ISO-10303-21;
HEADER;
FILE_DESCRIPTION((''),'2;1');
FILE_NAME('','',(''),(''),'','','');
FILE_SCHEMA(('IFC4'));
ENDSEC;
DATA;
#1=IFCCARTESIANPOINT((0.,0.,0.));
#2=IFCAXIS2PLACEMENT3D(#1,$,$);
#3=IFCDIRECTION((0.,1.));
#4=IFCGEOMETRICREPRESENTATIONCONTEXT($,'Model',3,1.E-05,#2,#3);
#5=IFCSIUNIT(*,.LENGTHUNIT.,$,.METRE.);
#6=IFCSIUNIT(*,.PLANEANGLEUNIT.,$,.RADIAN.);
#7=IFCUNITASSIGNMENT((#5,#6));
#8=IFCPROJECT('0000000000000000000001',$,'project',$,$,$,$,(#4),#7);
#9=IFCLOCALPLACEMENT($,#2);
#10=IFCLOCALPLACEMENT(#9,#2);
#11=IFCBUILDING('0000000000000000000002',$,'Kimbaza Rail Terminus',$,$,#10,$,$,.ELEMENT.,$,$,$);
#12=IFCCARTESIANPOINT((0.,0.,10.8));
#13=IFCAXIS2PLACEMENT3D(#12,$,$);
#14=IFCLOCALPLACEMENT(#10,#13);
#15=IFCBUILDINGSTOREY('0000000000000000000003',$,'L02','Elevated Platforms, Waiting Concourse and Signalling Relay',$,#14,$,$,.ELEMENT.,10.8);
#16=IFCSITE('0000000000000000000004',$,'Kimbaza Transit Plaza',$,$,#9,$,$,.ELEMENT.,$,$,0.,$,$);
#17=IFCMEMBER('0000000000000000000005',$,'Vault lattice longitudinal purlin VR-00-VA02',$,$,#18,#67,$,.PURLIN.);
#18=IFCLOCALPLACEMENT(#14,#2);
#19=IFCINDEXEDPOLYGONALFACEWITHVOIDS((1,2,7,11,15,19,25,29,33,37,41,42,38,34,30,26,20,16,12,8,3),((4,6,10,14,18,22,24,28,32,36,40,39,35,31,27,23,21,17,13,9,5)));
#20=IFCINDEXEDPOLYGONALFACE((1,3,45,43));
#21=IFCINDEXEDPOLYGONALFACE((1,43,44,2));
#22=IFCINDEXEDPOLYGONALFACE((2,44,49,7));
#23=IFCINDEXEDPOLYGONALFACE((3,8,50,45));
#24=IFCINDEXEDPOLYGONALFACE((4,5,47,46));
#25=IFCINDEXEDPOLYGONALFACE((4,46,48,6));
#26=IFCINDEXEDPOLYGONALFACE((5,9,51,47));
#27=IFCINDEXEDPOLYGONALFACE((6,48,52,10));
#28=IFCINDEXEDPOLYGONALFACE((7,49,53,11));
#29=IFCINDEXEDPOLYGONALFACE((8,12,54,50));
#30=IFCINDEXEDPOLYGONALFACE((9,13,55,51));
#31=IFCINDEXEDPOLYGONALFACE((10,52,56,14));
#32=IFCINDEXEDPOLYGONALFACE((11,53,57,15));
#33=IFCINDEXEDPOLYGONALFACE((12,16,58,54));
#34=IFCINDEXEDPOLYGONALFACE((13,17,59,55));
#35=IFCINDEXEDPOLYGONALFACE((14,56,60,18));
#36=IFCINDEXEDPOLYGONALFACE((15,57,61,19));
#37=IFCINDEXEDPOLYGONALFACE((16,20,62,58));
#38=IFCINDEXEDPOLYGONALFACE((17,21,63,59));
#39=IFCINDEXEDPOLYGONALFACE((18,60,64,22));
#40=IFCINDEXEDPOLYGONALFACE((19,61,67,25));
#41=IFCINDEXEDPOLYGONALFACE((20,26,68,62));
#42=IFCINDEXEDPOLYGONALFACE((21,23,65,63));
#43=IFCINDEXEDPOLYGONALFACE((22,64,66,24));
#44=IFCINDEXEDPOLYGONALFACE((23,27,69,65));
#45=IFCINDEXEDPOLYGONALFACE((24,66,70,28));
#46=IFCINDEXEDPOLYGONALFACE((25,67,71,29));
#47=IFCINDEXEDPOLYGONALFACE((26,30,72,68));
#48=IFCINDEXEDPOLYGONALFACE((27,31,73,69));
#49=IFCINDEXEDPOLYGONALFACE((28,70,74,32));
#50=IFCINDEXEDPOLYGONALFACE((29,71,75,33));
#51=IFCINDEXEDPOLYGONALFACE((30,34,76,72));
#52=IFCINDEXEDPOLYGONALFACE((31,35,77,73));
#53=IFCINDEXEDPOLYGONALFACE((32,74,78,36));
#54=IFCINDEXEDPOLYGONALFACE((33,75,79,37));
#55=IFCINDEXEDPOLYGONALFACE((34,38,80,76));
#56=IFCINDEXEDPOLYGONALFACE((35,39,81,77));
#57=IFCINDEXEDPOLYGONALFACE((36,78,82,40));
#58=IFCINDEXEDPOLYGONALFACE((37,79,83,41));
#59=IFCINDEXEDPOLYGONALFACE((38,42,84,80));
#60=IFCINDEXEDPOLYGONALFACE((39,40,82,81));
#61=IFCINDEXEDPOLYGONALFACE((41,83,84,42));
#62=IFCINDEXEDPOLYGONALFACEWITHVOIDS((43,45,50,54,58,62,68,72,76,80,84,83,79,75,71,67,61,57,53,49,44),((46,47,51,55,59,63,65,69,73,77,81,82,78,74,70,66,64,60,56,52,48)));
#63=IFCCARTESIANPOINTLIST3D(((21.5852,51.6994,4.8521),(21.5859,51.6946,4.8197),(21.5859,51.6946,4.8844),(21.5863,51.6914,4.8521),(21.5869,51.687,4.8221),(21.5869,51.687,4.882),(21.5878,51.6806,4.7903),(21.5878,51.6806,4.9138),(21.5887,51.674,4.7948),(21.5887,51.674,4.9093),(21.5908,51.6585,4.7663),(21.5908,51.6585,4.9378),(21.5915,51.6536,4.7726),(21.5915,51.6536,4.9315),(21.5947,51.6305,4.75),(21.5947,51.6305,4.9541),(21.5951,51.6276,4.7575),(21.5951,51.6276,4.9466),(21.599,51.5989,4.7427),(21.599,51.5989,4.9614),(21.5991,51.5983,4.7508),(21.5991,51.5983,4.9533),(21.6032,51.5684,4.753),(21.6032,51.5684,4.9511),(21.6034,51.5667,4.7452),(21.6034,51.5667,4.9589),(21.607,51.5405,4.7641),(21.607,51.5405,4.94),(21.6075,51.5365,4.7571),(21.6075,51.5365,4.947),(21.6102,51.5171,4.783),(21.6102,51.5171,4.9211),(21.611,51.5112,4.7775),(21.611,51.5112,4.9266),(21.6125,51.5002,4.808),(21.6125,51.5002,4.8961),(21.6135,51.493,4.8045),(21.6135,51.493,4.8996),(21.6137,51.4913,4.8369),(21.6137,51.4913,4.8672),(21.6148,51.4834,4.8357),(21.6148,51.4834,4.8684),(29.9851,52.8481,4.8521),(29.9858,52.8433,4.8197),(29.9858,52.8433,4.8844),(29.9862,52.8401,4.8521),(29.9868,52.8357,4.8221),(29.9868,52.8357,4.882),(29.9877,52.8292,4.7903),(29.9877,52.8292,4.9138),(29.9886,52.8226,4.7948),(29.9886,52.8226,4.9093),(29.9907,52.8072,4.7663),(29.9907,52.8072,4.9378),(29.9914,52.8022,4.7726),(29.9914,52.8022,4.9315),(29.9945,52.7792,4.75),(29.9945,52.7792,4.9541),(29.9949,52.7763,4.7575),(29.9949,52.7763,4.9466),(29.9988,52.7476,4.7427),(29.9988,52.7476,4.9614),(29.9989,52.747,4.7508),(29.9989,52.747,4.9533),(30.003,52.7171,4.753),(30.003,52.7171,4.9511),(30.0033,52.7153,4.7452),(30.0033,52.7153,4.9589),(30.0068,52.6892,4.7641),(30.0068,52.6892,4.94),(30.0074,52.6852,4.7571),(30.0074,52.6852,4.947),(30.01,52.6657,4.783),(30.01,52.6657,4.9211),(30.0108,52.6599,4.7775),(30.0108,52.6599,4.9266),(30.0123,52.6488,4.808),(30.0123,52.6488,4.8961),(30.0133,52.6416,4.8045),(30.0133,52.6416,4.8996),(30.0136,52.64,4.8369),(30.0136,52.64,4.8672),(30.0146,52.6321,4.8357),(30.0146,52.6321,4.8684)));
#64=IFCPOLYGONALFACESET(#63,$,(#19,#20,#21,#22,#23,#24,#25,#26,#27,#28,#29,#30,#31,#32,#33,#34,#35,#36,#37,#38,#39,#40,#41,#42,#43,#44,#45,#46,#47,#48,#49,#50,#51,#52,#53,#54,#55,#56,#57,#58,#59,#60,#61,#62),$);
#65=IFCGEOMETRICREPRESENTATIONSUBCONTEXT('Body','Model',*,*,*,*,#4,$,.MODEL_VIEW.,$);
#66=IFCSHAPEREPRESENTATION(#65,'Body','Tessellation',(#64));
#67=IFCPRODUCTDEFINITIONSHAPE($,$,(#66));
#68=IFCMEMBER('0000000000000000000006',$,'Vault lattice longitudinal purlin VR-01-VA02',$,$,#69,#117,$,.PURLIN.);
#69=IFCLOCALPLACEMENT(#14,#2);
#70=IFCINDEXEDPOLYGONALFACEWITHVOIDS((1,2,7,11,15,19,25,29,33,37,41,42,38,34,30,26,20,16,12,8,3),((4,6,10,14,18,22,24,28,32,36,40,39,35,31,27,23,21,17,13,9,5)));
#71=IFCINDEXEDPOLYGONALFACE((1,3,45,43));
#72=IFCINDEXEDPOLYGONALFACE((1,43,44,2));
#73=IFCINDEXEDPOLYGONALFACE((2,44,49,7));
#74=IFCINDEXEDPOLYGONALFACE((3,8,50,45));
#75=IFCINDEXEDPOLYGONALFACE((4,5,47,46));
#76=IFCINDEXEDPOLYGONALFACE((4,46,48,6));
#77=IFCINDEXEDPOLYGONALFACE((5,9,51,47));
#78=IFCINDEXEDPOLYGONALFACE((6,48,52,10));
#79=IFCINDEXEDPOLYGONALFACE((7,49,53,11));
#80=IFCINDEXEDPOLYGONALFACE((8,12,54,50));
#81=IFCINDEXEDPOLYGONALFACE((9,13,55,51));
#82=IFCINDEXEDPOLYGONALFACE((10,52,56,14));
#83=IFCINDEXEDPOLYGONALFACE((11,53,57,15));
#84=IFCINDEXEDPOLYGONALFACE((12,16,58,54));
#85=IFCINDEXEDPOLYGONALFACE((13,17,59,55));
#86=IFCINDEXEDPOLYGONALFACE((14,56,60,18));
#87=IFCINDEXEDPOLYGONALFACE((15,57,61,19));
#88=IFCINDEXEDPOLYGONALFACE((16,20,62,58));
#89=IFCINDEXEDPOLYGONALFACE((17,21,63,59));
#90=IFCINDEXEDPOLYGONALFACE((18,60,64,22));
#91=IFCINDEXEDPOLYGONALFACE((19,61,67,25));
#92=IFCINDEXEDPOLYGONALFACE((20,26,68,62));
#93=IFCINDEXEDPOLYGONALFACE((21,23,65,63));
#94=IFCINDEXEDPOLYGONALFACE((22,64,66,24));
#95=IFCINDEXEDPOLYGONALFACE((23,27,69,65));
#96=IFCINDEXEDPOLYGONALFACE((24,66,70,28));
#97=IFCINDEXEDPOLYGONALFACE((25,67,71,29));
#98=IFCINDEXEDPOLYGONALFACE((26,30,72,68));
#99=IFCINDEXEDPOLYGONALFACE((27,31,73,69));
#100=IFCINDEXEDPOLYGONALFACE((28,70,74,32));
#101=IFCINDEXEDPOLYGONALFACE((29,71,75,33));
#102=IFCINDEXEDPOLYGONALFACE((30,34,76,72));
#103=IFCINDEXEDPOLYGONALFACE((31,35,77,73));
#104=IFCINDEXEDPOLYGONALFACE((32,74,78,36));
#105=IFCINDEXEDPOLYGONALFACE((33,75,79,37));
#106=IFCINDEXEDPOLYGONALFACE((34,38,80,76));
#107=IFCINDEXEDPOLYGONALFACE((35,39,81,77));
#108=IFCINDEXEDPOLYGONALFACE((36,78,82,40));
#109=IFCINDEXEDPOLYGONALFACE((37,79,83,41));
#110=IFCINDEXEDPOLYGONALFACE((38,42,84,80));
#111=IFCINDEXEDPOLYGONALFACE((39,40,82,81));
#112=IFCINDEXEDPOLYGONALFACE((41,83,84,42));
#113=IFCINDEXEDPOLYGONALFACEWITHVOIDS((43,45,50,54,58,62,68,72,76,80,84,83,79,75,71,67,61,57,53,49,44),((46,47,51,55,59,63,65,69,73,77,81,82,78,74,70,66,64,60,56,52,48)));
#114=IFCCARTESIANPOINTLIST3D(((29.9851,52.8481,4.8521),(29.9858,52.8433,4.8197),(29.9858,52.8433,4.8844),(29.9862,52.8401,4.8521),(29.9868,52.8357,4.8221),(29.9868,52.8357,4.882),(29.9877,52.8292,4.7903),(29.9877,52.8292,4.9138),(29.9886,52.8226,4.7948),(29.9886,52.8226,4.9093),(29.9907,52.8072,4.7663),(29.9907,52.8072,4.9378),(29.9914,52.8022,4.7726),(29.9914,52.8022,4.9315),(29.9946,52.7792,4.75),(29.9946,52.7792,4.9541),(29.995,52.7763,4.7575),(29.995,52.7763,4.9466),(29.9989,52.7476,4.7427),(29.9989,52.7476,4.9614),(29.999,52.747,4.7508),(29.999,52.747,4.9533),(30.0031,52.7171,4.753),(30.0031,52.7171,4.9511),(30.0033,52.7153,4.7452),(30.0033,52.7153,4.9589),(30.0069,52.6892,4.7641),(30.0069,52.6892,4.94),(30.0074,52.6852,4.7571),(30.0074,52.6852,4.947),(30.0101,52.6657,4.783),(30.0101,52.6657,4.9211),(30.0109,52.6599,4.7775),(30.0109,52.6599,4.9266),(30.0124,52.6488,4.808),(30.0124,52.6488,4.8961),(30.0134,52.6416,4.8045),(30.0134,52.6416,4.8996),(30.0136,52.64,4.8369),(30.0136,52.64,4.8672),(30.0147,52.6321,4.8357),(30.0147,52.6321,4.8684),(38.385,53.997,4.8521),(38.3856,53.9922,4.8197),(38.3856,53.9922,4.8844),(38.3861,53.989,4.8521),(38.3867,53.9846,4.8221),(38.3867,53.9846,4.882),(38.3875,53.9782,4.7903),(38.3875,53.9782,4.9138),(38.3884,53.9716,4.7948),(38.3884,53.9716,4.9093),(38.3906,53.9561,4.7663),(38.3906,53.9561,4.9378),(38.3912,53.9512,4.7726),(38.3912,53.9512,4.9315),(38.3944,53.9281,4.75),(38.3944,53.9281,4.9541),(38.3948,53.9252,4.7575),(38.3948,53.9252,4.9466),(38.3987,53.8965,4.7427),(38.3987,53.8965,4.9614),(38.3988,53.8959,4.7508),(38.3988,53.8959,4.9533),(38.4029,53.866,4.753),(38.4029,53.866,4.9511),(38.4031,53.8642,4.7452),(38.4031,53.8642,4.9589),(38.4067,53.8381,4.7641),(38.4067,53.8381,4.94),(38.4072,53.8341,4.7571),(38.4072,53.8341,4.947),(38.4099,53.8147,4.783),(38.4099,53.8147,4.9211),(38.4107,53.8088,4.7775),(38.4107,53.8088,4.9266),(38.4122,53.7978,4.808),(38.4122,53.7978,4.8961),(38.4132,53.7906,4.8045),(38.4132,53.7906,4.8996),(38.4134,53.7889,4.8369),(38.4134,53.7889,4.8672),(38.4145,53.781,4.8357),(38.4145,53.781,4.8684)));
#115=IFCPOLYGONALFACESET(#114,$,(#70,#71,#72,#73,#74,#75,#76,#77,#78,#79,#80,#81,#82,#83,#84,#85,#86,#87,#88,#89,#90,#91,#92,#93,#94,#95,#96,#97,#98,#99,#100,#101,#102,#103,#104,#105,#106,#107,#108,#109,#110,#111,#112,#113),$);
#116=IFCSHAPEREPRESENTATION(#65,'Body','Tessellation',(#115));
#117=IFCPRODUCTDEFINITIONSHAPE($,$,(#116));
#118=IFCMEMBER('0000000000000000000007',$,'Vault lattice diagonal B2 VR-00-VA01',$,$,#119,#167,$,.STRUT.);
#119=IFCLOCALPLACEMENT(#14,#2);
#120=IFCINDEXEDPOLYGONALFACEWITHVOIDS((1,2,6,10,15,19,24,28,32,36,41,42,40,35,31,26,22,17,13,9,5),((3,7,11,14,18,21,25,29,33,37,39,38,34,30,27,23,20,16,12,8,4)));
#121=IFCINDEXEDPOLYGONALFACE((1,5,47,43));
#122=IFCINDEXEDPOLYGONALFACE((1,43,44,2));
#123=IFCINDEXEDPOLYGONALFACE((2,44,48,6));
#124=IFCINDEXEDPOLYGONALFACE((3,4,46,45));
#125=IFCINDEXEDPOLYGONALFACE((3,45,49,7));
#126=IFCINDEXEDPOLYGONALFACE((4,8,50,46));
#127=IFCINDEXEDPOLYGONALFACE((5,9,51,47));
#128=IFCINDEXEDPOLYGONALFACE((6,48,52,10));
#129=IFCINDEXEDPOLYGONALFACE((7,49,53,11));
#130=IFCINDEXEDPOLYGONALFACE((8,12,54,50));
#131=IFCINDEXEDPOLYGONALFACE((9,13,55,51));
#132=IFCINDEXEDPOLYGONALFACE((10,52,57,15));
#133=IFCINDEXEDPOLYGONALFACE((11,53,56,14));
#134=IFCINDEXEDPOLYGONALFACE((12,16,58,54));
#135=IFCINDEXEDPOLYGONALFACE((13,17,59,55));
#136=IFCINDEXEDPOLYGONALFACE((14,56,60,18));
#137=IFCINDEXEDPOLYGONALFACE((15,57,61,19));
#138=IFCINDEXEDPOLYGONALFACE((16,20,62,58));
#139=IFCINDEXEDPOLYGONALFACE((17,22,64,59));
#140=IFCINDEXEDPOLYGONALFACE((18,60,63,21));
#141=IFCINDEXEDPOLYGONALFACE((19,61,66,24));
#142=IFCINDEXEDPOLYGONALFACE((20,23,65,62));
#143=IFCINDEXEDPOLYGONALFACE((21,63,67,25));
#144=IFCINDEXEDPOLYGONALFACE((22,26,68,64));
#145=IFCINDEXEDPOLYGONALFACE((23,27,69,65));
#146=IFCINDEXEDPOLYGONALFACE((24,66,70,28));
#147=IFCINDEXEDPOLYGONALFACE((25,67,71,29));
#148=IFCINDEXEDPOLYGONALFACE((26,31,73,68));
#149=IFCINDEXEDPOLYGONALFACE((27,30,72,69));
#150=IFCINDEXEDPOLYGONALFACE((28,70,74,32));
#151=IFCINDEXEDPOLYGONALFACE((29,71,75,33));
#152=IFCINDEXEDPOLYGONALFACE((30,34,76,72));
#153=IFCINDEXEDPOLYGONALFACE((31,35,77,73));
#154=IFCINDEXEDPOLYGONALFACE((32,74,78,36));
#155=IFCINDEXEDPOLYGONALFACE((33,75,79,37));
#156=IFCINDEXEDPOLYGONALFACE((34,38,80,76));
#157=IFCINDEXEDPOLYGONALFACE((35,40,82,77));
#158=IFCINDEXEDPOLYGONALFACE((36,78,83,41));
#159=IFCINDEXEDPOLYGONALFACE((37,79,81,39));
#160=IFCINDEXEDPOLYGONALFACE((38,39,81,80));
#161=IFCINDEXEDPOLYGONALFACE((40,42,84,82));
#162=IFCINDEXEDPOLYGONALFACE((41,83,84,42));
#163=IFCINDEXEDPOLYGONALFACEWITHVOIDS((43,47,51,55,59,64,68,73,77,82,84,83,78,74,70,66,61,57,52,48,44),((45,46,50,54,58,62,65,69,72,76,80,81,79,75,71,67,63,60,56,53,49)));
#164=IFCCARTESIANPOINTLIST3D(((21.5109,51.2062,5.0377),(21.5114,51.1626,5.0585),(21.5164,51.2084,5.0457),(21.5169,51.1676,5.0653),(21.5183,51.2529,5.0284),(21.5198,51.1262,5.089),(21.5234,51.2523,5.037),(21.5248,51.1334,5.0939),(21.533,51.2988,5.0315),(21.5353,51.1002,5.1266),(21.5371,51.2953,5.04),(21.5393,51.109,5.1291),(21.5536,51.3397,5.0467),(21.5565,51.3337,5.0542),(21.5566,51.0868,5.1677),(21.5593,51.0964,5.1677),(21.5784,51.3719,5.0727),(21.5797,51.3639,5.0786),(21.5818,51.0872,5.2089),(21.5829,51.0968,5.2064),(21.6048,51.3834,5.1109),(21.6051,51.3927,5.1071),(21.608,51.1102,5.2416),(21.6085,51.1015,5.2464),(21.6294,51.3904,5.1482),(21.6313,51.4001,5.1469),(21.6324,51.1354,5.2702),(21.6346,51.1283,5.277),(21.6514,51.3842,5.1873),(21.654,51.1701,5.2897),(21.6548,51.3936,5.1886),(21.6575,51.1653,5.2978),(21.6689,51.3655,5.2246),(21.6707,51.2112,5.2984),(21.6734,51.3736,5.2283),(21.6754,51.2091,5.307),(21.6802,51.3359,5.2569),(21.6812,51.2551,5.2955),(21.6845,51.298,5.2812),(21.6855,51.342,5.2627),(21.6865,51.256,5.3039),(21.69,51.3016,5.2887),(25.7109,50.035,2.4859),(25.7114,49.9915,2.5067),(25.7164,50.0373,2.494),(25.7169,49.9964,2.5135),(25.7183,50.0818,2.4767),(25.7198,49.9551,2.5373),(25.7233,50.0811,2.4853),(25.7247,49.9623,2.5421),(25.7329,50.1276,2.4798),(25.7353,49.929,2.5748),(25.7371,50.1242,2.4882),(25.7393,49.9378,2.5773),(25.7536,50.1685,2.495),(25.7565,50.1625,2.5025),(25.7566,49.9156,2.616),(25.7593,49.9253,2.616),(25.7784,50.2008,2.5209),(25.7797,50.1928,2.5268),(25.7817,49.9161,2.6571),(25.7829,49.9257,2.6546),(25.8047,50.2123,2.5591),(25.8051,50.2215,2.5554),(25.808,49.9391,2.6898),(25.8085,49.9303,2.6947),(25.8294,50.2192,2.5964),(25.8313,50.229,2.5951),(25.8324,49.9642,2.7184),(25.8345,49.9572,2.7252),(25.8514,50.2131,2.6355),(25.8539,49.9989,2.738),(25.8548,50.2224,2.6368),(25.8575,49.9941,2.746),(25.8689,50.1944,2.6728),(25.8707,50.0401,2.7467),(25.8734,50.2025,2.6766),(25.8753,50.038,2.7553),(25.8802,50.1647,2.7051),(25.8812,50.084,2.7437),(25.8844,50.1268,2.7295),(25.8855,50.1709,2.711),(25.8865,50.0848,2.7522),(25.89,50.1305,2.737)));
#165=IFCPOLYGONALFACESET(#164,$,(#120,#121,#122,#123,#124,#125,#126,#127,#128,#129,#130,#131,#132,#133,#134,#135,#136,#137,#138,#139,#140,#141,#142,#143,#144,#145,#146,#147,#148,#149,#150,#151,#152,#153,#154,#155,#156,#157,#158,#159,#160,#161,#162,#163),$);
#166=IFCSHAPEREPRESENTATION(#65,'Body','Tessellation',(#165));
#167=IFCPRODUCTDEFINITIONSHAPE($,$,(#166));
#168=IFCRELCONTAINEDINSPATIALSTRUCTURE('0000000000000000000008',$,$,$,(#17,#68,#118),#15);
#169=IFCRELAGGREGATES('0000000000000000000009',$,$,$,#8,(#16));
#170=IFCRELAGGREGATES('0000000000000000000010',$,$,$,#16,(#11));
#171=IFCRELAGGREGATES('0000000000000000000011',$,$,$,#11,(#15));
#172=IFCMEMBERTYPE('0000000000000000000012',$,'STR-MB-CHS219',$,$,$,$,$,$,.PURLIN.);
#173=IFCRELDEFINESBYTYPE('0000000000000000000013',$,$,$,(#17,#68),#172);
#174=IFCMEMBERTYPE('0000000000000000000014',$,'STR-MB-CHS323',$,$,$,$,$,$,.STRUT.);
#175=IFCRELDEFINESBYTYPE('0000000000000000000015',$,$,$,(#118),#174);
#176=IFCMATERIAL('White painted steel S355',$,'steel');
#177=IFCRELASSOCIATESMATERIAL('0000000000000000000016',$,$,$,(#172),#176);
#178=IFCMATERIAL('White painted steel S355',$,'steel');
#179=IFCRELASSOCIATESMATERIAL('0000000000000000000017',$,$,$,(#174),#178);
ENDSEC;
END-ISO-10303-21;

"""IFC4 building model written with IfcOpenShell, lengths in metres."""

from ifc_helpers import new_model, si_unit, direction, frame, origin, origin_2d, place, context, subcontext, project, spatial, hollow_circle, extrude, material, material_profile, profile_set, type_object, element, save


model = new_model("IFC4")

# Units and contexts
model_context = context("Model", 3, precision=1e-05, world=origin(), true_north=direction((0.0, 1.0)))
body_context = subcontext(model_context, "Body", "Model", "MODEL_VIEW")
ifc_project = project(units=[si_unit("LENGTHUNIT", "METRE"), si_unit("PLANEANGLEUNIT", "RADIAN")], contexts=[model_context])

# Site, building, storey
site_placement = place(None, origin())
site = spatial("IfcSite", under=ifc_project, at=site_placement, Name="Kimbaza Transit Plaza", CompositionType="ELEMENT", RefElevation=0.0)
building_placement = place(site_placement, origin())
building = spatial("IfcBuilding", under=site, at=building_placement, Name="Kimbaza Rail Terminus", CompositionType="ELEMENT")
storey_placement = place(building_placement, frame((0.0, 0.0, 10.8)))
storey = spatial("IfcBuildingStorey", under=building, at=storey_placement, Name="L02", Description="Elevated Platforms, Waiting Concourse and Signalling Relay", CompositionType="ELEMENT", Elevation=10.8)

# Members
ifc_material_1 = material(Name="White painted steel S355", Category="steel")
ifc_material_profile_1 = material_profile(ifc_material_1, hollow_circle(Radius=0.1096, WallThickness=0.0081, at=origin_2d()), Name="CHS 219.1x8")
ifc_profile_set_1 = profile_set([ifc_material_profile_1], Name="White painted steel S355")
member_type_1 = type_object("IfcMemberType", Name="STR-MB-CHS219", PredefinedType="PURLIN", material=ifc_profile_set_1)
for number, where, z_axis, x_axis, name in (
    (1, (21.6001, 51.5908, 4.8521), (0.990779, 0.135488, 0.0), (-0.135488, 0.990779, 0.0), "Vault lattice longitudinal purlin VR-00-VA02"),
    (2, (30.0, 52.7395, 4.8521), (0.990775, 0.135517, 0.0), (-0.135517, 0.990775, 0.0), "Vault lattice longitudinal purlin VR-01-VA02"),
):
    element("IfcMember", number, at=place(storey_placement, frame(where, z_axis=z_axis, x_axis=x_axis)), inside=storey, type_object=member_type_1, Name=name, PredefinedType="PURLIN", context=body_context, shape_type="SweptSolid", body=[
        extrude(hollow_circle(Radius=0.1096, WallThickness=0.0081, at=origin_2d()), origin(), (0.0, 0.0, 1.0), 8.478),
    ])
ifc_material_2 = material(Name="White painted steel S355", Category="steel")
ifc_material_profile_2 = material_profile(ifc_material_2, hollow_circle(Radius=0.1619, WallThickness=0.01, at=origin_2d()), Name="CHS 323.9x10")
ifc_profile_set_2 = profile_set([ifc_material_profile_2], Name="White painted steel S355")
member_type_2 = type_object("IfcMemberType", Name="STR-MB-CHS323", PredefinedType="STRUT", material=ifc_profile_set_2)
member_1_placement = place(storey_placement, frame((25.8, 50.0715, 2.616), z_axis=(-0.831345, 0.231818, 0.505099), x_axis=(-0.2686, -0.963252, 0.0)))
element("IfcMember", 3, at=member_1_placement, inside=storey, type_object=member_type_2, Name="Vault lattice diagonal B2 VR-00-VA01", PredefinedType="STRUT", context=body_context, shape_type="SweptSolid", body=[
    extrude(hollow_circle(Radius=0.1619, WallThickness=0.01, at=origin_2d()), origin(), (0.0, 0.0, 1.0), 5.052),
])

save(model, "model.ifc")
